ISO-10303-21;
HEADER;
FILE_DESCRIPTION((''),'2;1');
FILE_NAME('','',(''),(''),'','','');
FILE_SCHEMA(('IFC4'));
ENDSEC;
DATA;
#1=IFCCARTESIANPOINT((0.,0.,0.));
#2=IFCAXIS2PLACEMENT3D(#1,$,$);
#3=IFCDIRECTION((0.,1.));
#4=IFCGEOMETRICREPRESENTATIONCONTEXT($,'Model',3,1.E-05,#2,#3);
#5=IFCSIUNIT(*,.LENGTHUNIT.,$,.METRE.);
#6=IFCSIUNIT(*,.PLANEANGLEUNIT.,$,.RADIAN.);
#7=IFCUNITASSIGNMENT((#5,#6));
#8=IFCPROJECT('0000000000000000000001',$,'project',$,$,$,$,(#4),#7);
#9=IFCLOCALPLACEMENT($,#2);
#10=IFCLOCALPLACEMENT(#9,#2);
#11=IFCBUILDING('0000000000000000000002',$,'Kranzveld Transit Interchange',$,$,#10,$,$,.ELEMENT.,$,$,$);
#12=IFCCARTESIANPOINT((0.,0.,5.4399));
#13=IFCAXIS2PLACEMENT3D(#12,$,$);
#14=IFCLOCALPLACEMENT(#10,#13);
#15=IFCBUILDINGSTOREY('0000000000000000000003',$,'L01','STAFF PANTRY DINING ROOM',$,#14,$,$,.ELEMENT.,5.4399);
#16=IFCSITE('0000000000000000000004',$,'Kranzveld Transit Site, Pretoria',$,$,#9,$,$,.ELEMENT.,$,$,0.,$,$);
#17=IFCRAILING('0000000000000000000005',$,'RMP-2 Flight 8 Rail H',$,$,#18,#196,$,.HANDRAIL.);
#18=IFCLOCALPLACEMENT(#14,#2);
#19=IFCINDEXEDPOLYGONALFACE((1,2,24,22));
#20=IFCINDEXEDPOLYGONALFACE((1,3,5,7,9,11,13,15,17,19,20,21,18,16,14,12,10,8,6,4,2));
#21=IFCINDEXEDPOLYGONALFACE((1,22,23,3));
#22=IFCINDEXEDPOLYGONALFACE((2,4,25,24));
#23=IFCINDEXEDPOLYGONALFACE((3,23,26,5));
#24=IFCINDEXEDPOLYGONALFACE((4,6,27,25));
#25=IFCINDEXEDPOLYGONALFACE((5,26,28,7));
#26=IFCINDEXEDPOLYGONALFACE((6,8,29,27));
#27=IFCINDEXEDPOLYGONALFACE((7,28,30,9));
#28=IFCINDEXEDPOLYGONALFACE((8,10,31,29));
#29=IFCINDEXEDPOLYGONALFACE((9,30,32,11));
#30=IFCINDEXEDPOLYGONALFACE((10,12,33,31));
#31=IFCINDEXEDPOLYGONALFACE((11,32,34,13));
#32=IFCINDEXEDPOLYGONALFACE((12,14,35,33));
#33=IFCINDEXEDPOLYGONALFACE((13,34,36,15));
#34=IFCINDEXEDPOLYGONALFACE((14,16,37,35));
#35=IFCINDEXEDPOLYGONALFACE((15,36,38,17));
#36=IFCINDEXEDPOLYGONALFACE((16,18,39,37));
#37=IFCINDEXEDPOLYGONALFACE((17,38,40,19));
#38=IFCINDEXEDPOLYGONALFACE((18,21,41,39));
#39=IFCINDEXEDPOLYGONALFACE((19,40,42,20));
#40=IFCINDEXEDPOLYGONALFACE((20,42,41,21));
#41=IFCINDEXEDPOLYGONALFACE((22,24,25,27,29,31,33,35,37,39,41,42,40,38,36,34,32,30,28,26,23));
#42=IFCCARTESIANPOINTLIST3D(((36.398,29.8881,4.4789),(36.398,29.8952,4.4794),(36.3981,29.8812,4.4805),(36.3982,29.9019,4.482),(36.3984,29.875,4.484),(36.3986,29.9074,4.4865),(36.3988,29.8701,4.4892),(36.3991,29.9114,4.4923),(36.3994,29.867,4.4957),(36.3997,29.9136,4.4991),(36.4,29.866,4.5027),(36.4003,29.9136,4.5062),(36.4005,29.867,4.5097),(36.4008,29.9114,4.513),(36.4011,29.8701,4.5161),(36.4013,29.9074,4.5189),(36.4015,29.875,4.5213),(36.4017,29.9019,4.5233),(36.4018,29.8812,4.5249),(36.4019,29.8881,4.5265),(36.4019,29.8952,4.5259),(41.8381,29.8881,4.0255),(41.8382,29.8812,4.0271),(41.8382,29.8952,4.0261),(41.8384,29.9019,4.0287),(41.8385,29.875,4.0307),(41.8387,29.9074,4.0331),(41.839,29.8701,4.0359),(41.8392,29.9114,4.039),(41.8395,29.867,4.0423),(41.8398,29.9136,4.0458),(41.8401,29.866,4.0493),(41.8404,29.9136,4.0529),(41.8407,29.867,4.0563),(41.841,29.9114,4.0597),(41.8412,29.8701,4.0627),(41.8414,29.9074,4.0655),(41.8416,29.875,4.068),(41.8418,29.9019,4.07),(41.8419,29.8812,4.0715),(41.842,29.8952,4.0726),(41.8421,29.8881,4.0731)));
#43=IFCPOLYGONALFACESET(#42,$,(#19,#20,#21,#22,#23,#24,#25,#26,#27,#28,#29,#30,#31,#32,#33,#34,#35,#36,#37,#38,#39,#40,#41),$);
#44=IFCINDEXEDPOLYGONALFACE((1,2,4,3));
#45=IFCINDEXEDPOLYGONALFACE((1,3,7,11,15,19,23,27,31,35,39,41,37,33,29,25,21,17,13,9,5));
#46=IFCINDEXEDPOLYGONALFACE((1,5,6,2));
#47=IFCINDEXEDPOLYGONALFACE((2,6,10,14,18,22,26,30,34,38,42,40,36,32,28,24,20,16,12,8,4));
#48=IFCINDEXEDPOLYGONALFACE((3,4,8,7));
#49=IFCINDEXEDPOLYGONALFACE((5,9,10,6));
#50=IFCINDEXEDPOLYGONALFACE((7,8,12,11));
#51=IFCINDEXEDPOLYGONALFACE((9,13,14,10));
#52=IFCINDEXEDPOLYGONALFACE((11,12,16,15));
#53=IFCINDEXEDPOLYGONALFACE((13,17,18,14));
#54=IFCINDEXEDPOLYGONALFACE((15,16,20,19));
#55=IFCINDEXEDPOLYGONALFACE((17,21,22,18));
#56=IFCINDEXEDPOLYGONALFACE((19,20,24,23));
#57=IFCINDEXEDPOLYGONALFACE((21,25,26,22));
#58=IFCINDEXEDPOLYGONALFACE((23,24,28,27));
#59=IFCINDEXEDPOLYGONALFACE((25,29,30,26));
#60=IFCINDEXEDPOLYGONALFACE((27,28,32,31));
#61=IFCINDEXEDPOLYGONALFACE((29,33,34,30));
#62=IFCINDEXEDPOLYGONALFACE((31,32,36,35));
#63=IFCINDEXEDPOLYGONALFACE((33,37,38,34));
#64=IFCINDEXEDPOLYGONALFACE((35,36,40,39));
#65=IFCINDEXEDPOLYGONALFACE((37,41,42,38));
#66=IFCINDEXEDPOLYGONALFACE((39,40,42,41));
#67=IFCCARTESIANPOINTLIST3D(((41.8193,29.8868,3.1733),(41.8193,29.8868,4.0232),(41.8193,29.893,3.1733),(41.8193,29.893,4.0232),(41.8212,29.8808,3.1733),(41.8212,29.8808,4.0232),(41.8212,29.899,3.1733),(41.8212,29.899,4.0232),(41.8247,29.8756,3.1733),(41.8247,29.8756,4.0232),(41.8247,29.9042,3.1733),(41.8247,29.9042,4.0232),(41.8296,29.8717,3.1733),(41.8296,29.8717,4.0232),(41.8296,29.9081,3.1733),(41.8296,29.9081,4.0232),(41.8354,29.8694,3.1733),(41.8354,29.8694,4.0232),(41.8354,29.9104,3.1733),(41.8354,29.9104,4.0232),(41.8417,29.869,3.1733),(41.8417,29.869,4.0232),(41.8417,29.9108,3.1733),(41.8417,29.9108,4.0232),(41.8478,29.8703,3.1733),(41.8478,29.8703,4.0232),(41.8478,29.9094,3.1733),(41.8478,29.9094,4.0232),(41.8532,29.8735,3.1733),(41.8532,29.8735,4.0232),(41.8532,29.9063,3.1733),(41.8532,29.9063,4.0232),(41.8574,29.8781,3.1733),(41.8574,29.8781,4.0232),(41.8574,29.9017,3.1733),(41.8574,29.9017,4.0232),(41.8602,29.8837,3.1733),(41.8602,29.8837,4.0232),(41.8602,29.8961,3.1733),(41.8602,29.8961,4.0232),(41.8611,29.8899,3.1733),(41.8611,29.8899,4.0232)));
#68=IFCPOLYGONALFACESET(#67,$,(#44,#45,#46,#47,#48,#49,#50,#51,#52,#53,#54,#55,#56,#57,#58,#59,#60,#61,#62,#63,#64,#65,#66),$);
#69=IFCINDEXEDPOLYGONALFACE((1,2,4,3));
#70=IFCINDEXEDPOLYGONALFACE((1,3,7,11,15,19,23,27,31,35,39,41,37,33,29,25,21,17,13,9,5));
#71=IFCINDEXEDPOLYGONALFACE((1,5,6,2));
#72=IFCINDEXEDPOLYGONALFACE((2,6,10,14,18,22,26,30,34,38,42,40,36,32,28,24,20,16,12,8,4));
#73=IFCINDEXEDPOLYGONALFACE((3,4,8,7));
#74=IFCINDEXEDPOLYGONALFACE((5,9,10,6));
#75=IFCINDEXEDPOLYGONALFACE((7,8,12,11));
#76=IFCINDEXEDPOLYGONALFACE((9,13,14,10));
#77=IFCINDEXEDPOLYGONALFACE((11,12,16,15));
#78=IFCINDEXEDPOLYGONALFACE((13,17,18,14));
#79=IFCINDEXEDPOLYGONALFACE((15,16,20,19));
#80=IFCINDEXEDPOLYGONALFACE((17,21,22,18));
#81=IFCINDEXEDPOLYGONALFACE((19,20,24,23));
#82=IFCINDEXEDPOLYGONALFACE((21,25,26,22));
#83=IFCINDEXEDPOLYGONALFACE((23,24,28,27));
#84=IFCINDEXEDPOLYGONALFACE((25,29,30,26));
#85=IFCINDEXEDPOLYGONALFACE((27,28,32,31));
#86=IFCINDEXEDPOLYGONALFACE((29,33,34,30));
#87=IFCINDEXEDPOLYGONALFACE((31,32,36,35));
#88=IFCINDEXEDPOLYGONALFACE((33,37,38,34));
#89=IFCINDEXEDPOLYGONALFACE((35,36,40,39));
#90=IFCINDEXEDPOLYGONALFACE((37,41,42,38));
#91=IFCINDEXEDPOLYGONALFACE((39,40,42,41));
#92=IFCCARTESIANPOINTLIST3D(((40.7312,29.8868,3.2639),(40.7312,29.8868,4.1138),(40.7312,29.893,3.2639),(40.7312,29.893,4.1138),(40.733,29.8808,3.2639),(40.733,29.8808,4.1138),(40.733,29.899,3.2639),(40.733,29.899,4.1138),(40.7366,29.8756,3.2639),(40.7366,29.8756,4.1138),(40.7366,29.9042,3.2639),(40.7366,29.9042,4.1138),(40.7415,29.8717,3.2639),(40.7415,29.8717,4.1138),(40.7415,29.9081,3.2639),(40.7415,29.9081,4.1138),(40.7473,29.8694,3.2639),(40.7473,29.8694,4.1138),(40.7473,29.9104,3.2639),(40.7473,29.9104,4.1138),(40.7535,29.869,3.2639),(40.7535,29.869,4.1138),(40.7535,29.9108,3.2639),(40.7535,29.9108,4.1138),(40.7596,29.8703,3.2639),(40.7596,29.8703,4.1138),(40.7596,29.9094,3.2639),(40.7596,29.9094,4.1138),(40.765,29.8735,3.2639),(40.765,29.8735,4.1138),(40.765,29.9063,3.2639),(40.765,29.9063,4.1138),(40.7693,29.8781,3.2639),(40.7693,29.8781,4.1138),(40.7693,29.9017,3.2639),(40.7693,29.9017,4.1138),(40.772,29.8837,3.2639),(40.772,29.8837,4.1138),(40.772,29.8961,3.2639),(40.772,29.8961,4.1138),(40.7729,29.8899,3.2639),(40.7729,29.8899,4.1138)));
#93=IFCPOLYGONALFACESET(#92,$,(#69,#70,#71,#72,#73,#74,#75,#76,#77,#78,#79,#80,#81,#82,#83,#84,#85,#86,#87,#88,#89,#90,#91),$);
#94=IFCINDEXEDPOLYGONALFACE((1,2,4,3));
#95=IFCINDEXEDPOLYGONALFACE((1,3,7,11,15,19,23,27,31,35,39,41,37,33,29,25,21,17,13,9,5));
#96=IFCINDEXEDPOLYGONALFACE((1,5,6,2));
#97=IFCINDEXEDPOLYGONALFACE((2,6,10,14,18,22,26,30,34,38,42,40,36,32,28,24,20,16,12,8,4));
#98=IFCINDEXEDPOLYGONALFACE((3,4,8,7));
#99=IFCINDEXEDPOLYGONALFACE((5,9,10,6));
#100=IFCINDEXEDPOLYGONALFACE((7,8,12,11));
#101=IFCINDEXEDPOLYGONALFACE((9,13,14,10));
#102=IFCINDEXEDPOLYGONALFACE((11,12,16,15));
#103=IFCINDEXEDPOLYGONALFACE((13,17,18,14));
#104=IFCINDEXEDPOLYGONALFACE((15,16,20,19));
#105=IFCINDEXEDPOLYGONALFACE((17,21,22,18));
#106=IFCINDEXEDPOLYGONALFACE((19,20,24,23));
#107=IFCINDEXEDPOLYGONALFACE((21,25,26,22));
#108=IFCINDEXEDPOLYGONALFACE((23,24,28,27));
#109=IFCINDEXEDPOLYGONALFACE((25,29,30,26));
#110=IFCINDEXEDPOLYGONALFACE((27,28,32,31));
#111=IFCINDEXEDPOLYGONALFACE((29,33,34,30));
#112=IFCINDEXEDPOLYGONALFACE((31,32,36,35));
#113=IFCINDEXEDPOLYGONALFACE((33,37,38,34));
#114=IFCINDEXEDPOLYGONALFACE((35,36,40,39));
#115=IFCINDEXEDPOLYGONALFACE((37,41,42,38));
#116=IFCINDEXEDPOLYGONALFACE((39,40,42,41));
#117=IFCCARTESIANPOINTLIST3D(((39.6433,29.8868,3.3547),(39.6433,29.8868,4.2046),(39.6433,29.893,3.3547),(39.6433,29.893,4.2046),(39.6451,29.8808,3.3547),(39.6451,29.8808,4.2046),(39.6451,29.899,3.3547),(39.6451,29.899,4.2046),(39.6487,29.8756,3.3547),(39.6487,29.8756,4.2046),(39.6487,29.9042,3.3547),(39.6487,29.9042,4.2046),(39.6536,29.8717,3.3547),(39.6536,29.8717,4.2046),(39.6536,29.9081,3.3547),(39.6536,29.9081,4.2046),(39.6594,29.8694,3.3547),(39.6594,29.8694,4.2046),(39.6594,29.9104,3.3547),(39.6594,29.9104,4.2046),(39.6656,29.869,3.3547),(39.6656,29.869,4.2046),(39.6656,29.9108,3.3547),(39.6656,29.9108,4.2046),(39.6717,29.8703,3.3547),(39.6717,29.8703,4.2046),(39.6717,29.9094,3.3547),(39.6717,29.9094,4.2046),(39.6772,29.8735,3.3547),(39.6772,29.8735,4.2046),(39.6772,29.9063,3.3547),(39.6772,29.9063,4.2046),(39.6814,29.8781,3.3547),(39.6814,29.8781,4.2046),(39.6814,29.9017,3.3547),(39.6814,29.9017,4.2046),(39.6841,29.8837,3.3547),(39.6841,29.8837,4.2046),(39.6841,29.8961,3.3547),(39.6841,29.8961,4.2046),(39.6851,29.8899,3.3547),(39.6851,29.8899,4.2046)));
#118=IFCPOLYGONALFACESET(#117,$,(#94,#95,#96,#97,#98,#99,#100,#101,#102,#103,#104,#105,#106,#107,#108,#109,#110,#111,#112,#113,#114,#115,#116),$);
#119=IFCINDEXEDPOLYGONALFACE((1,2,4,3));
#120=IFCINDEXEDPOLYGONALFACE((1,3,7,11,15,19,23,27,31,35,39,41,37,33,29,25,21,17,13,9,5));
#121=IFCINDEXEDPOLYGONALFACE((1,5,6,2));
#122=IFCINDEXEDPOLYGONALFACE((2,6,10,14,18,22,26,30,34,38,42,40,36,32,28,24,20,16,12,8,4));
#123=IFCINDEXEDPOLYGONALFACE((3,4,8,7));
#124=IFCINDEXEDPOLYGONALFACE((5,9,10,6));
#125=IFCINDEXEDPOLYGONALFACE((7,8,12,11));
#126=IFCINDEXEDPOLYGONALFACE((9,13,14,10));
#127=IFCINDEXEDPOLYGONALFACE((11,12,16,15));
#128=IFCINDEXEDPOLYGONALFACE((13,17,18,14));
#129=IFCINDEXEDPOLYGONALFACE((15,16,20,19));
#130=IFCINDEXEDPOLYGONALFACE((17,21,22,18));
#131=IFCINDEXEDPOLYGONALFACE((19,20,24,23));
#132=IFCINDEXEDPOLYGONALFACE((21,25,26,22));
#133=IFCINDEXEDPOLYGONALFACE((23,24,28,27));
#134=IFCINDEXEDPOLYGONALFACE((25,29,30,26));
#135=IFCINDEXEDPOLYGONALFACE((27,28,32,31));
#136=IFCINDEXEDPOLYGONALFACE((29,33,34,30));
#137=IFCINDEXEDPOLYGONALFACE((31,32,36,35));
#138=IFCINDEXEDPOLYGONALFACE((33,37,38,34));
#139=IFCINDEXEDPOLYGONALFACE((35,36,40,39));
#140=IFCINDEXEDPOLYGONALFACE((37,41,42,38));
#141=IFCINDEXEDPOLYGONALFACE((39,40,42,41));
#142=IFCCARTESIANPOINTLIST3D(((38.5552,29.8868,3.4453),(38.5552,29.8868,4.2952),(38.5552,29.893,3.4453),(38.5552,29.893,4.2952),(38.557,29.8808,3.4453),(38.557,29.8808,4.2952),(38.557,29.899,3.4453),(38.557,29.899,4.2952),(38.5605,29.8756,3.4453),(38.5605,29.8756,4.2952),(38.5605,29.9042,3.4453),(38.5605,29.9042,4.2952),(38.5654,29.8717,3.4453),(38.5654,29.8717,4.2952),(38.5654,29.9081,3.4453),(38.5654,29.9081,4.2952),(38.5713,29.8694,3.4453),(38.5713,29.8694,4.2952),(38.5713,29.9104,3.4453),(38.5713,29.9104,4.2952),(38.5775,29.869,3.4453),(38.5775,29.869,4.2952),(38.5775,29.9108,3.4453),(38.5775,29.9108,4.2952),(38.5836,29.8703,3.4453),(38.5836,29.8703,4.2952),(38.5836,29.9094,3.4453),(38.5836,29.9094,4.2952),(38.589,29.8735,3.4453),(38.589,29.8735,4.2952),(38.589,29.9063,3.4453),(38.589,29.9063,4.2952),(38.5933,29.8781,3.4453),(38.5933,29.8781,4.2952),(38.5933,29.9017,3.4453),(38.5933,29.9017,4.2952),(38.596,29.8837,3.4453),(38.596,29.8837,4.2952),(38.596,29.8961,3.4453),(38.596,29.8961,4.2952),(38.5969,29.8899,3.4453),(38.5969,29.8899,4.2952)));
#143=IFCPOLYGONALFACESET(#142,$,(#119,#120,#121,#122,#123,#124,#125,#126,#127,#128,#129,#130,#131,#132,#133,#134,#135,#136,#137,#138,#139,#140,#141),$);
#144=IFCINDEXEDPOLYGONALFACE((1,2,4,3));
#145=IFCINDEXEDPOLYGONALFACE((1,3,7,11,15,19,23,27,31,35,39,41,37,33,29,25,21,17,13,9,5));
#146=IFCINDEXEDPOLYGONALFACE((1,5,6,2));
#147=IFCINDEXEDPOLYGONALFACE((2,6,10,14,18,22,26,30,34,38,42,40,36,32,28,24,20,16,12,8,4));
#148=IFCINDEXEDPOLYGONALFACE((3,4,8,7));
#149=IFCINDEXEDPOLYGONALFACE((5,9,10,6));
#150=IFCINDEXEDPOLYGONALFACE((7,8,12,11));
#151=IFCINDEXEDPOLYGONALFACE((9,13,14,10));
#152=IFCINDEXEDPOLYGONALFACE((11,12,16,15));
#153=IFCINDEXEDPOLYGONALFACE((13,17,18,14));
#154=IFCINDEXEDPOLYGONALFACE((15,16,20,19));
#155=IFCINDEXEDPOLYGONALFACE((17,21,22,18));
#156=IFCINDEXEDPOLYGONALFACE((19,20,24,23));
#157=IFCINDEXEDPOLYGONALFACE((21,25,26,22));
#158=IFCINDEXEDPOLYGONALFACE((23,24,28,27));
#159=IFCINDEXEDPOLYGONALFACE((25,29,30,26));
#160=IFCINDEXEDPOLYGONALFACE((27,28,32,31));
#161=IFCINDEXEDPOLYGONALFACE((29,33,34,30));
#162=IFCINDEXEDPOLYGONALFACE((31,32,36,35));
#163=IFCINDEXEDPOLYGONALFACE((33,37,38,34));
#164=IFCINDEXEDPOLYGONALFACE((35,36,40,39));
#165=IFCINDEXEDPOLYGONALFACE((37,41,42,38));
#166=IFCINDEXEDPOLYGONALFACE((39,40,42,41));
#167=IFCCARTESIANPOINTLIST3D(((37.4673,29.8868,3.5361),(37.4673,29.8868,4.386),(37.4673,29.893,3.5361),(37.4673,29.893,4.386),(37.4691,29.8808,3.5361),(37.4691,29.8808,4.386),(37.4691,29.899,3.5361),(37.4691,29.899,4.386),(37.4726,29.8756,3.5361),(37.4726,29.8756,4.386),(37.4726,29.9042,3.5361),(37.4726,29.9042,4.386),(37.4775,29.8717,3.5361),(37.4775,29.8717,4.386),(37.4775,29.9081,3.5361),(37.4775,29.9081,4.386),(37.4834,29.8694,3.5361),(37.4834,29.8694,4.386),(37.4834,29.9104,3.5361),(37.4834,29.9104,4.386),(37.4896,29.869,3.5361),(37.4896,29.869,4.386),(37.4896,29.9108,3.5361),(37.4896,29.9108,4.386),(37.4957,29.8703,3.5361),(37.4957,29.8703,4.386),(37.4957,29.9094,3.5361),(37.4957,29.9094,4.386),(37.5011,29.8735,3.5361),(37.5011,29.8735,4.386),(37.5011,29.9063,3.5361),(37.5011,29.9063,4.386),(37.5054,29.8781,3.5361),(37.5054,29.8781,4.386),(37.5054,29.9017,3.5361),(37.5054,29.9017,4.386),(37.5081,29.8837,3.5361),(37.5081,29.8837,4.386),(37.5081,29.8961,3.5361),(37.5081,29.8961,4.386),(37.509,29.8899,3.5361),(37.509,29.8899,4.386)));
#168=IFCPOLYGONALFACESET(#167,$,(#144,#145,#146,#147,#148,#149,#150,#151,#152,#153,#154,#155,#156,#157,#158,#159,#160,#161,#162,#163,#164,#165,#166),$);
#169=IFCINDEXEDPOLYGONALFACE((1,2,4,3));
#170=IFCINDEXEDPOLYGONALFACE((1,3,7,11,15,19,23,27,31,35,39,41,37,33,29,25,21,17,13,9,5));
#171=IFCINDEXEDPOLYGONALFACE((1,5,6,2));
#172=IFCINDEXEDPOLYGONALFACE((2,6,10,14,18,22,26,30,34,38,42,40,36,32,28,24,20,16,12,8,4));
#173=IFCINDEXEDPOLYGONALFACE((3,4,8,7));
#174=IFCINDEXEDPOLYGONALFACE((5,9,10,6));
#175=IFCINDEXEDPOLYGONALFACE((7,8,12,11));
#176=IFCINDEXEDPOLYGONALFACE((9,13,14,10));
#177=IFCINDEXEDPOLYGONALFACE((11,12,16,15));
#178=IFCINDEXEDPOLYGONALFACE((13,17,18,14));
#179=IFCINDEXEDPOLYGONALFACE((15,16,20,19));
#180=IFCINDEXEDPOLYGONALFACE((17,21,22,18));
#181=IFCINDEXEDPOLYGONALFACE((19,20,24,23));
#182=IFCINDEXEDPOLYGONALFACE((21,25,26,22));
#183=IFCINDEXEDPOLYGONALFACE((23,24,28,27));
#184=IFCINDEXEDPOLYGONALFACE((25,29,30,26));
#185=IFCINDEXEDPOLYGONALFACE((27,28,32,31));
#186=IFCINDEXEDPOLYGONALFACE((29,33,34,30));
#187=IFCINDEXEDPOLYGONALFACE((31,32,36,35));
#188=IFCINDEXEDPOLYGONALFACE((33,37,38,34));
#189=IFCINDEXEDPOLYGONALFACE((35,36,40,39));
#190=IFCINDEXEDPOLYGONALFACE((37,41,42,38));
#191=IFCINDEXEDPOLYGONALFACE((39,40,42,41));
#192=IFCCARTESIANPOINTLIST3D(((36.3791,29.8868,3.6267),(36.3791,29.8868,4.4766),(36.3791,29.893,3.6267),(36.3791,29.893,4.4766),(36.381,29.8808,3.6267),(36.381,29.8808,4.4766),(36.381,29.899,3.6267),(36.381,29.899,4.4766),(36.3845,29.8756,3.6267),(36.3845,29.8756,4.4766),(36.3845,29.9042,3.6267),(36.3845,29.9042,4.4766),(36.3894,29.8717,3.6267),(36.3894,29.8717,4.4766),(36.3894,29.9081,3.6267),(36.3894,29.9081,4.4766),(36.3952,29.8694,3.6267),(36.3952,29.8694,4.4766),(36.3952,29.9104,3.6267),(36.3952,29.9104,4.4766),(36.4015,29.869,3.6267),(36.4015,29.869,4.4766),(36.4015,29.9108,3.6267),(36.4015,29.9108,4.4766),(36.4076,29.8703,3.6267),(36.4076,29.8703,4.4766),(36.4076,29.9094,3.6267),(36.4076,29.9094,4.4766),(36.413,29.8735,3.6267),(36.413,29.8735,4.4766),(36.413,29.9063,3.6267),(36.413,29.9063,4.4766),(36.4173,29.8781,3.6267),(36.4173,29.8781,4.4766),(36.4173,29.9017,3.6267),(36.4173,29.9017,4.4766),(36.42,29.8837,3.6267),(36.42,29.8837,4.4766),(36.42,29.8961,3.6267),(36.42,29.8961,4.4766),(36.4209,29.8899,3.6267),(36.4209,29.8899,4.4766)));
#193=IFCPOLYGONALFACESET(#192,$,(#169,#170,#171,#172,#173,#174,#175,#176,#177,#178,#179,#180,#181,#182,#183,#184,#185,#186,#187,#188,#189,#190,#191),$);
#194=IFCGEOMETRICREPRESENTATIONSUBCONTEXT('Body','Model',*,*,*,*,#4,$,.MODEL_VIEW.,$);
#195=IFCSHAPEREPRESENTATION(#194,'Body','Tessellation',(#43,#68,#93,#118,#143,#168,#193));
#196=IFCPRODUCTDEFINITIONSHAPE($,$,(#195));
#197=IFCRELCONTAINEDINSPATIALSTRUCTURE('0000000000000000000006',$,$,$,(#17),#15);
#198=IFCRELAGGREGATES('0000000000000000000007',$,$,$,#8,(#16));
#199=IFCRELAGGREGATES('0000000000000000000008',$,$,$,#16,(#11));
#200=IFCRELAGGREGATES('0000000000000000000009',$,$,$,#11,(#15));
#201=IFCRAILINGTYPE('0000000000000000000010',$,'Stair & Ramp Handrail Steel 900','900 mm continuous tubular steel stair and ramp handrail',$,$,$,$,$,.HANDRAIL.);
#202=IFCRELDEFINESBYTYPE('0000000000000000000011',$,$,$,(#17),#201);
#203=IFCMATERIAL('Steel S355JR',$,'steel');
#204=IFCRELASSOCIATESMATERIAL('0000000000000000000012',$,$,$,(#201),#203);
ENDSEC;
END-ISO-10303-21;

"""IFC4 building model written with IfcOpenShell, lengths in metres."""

from ifc_helpers import new_model, si_unit, direction, frame, origin, origin_2d, place, context, subcontext, project, spatial, circle, extrude, material, type_object, element, save


model = new_model("IFC4")

# Units and contexts
model_context = context("Model", 3, precision=1e-05, world=origin(), true_north=direction((0.0, 1.0)))
body_context = subcontext(model_context, "Body", "Model", "MODEL_VIEW")
ifc_project = project(units=[si_unit("LENGTHUNIT", "METRE"), si_unit("PLANEANGLEUNIT", "RADIAN")], contexts=[model_context])

# Site, building, storey
site_placement = place(None, origin())
site = spatial("IfcSite", under=ifc_project, at=site_placement, Name="Kranzveld Transit Site, Pretoria", CompositionType="ELEMENT", RefElevation=0.0)
building_placement = place(site_placement, origin())
building = spatial("IfcBuilding", under=site, at=building_placement, Name="Kranzveld Transit Interchange", CompositionType="ELEMENT")
storey_placement = place(building_placement, frame((0.0, 0.0, 5.4399)))
storey = spatial("IfcBuildingStorey", under=building, at=storey_placement, Name="L01", Description="STAFF PANTRY DINING ROOM", CompositionType="ELEMENT", Elevation=5.4399)

# Railing
ifc_material_1 = material(Name="Steel S355JR", Category="steel")
railing_type_1 = type_object("IfcRailingType", Name="Stair & Ramp Handrail Steel 900", Description="900 mm continuous tubular steel stair and ramp handrail", PredefinedType="HANDRAIL", material=ifc_material_1)
for number, where, name in (
    (1, (41.8401, 29.8899, 3.1733), "RMP-2 Flight 8 Rail H"),
):
    element("IfcRailing", number, at=place(storey_placement, frame(where)), inside=storey, type_object=railing_type_1, Name=name, PredefinedType="HANDRAIL", context=body_context, shape_type="SweptSolid", body=[
        extrude(circle(Radius=0.0239, at=origin_2d()), frame((0.0, 0.0, 0.876), z_axis=(-0.996545, 0.0, 0.083049), x_axis=(0.0, -1.0, 0.0)), (0.0, 0.0, 1.0), 5.459),
        extrude(circle(Radius=0.021, at=origin_2d()), origin(), (0.0, 0.0, 1.0), 0.8499),
        extrude(circle(Radius=0.021, at=origin_2d()), frame((-1.0881, 0.0, 0.0906)), (0.0, 0.0, 1.0), 0.8499),
        extrude(circle(Radius=0.021, at=origin_2d()), frame((-2.176, 0.0, 0.1814)), (0.0, 0.0, 1.0), 0.8499),
        extrude(circle(Radius=0.021, at=origin_2d()), frame((-3.2642, 0.0, 0.272)), (0.0, 0.0, 1.0), 0.8499),
        extrude(circle(Radius=0.021, at=origin_2d()), frame((-4.3521, 0.0, 0.3628)), (0.0, 0.0, 1.0), 0.8499),
        extrude(circle(Radius=0.021, at=origin_2d()), frame((-5.4402, 0.0, 0.4534)), (0.0, 0.0, 1.0), 0.8499),
    ])

save(model, "model.ifc")
